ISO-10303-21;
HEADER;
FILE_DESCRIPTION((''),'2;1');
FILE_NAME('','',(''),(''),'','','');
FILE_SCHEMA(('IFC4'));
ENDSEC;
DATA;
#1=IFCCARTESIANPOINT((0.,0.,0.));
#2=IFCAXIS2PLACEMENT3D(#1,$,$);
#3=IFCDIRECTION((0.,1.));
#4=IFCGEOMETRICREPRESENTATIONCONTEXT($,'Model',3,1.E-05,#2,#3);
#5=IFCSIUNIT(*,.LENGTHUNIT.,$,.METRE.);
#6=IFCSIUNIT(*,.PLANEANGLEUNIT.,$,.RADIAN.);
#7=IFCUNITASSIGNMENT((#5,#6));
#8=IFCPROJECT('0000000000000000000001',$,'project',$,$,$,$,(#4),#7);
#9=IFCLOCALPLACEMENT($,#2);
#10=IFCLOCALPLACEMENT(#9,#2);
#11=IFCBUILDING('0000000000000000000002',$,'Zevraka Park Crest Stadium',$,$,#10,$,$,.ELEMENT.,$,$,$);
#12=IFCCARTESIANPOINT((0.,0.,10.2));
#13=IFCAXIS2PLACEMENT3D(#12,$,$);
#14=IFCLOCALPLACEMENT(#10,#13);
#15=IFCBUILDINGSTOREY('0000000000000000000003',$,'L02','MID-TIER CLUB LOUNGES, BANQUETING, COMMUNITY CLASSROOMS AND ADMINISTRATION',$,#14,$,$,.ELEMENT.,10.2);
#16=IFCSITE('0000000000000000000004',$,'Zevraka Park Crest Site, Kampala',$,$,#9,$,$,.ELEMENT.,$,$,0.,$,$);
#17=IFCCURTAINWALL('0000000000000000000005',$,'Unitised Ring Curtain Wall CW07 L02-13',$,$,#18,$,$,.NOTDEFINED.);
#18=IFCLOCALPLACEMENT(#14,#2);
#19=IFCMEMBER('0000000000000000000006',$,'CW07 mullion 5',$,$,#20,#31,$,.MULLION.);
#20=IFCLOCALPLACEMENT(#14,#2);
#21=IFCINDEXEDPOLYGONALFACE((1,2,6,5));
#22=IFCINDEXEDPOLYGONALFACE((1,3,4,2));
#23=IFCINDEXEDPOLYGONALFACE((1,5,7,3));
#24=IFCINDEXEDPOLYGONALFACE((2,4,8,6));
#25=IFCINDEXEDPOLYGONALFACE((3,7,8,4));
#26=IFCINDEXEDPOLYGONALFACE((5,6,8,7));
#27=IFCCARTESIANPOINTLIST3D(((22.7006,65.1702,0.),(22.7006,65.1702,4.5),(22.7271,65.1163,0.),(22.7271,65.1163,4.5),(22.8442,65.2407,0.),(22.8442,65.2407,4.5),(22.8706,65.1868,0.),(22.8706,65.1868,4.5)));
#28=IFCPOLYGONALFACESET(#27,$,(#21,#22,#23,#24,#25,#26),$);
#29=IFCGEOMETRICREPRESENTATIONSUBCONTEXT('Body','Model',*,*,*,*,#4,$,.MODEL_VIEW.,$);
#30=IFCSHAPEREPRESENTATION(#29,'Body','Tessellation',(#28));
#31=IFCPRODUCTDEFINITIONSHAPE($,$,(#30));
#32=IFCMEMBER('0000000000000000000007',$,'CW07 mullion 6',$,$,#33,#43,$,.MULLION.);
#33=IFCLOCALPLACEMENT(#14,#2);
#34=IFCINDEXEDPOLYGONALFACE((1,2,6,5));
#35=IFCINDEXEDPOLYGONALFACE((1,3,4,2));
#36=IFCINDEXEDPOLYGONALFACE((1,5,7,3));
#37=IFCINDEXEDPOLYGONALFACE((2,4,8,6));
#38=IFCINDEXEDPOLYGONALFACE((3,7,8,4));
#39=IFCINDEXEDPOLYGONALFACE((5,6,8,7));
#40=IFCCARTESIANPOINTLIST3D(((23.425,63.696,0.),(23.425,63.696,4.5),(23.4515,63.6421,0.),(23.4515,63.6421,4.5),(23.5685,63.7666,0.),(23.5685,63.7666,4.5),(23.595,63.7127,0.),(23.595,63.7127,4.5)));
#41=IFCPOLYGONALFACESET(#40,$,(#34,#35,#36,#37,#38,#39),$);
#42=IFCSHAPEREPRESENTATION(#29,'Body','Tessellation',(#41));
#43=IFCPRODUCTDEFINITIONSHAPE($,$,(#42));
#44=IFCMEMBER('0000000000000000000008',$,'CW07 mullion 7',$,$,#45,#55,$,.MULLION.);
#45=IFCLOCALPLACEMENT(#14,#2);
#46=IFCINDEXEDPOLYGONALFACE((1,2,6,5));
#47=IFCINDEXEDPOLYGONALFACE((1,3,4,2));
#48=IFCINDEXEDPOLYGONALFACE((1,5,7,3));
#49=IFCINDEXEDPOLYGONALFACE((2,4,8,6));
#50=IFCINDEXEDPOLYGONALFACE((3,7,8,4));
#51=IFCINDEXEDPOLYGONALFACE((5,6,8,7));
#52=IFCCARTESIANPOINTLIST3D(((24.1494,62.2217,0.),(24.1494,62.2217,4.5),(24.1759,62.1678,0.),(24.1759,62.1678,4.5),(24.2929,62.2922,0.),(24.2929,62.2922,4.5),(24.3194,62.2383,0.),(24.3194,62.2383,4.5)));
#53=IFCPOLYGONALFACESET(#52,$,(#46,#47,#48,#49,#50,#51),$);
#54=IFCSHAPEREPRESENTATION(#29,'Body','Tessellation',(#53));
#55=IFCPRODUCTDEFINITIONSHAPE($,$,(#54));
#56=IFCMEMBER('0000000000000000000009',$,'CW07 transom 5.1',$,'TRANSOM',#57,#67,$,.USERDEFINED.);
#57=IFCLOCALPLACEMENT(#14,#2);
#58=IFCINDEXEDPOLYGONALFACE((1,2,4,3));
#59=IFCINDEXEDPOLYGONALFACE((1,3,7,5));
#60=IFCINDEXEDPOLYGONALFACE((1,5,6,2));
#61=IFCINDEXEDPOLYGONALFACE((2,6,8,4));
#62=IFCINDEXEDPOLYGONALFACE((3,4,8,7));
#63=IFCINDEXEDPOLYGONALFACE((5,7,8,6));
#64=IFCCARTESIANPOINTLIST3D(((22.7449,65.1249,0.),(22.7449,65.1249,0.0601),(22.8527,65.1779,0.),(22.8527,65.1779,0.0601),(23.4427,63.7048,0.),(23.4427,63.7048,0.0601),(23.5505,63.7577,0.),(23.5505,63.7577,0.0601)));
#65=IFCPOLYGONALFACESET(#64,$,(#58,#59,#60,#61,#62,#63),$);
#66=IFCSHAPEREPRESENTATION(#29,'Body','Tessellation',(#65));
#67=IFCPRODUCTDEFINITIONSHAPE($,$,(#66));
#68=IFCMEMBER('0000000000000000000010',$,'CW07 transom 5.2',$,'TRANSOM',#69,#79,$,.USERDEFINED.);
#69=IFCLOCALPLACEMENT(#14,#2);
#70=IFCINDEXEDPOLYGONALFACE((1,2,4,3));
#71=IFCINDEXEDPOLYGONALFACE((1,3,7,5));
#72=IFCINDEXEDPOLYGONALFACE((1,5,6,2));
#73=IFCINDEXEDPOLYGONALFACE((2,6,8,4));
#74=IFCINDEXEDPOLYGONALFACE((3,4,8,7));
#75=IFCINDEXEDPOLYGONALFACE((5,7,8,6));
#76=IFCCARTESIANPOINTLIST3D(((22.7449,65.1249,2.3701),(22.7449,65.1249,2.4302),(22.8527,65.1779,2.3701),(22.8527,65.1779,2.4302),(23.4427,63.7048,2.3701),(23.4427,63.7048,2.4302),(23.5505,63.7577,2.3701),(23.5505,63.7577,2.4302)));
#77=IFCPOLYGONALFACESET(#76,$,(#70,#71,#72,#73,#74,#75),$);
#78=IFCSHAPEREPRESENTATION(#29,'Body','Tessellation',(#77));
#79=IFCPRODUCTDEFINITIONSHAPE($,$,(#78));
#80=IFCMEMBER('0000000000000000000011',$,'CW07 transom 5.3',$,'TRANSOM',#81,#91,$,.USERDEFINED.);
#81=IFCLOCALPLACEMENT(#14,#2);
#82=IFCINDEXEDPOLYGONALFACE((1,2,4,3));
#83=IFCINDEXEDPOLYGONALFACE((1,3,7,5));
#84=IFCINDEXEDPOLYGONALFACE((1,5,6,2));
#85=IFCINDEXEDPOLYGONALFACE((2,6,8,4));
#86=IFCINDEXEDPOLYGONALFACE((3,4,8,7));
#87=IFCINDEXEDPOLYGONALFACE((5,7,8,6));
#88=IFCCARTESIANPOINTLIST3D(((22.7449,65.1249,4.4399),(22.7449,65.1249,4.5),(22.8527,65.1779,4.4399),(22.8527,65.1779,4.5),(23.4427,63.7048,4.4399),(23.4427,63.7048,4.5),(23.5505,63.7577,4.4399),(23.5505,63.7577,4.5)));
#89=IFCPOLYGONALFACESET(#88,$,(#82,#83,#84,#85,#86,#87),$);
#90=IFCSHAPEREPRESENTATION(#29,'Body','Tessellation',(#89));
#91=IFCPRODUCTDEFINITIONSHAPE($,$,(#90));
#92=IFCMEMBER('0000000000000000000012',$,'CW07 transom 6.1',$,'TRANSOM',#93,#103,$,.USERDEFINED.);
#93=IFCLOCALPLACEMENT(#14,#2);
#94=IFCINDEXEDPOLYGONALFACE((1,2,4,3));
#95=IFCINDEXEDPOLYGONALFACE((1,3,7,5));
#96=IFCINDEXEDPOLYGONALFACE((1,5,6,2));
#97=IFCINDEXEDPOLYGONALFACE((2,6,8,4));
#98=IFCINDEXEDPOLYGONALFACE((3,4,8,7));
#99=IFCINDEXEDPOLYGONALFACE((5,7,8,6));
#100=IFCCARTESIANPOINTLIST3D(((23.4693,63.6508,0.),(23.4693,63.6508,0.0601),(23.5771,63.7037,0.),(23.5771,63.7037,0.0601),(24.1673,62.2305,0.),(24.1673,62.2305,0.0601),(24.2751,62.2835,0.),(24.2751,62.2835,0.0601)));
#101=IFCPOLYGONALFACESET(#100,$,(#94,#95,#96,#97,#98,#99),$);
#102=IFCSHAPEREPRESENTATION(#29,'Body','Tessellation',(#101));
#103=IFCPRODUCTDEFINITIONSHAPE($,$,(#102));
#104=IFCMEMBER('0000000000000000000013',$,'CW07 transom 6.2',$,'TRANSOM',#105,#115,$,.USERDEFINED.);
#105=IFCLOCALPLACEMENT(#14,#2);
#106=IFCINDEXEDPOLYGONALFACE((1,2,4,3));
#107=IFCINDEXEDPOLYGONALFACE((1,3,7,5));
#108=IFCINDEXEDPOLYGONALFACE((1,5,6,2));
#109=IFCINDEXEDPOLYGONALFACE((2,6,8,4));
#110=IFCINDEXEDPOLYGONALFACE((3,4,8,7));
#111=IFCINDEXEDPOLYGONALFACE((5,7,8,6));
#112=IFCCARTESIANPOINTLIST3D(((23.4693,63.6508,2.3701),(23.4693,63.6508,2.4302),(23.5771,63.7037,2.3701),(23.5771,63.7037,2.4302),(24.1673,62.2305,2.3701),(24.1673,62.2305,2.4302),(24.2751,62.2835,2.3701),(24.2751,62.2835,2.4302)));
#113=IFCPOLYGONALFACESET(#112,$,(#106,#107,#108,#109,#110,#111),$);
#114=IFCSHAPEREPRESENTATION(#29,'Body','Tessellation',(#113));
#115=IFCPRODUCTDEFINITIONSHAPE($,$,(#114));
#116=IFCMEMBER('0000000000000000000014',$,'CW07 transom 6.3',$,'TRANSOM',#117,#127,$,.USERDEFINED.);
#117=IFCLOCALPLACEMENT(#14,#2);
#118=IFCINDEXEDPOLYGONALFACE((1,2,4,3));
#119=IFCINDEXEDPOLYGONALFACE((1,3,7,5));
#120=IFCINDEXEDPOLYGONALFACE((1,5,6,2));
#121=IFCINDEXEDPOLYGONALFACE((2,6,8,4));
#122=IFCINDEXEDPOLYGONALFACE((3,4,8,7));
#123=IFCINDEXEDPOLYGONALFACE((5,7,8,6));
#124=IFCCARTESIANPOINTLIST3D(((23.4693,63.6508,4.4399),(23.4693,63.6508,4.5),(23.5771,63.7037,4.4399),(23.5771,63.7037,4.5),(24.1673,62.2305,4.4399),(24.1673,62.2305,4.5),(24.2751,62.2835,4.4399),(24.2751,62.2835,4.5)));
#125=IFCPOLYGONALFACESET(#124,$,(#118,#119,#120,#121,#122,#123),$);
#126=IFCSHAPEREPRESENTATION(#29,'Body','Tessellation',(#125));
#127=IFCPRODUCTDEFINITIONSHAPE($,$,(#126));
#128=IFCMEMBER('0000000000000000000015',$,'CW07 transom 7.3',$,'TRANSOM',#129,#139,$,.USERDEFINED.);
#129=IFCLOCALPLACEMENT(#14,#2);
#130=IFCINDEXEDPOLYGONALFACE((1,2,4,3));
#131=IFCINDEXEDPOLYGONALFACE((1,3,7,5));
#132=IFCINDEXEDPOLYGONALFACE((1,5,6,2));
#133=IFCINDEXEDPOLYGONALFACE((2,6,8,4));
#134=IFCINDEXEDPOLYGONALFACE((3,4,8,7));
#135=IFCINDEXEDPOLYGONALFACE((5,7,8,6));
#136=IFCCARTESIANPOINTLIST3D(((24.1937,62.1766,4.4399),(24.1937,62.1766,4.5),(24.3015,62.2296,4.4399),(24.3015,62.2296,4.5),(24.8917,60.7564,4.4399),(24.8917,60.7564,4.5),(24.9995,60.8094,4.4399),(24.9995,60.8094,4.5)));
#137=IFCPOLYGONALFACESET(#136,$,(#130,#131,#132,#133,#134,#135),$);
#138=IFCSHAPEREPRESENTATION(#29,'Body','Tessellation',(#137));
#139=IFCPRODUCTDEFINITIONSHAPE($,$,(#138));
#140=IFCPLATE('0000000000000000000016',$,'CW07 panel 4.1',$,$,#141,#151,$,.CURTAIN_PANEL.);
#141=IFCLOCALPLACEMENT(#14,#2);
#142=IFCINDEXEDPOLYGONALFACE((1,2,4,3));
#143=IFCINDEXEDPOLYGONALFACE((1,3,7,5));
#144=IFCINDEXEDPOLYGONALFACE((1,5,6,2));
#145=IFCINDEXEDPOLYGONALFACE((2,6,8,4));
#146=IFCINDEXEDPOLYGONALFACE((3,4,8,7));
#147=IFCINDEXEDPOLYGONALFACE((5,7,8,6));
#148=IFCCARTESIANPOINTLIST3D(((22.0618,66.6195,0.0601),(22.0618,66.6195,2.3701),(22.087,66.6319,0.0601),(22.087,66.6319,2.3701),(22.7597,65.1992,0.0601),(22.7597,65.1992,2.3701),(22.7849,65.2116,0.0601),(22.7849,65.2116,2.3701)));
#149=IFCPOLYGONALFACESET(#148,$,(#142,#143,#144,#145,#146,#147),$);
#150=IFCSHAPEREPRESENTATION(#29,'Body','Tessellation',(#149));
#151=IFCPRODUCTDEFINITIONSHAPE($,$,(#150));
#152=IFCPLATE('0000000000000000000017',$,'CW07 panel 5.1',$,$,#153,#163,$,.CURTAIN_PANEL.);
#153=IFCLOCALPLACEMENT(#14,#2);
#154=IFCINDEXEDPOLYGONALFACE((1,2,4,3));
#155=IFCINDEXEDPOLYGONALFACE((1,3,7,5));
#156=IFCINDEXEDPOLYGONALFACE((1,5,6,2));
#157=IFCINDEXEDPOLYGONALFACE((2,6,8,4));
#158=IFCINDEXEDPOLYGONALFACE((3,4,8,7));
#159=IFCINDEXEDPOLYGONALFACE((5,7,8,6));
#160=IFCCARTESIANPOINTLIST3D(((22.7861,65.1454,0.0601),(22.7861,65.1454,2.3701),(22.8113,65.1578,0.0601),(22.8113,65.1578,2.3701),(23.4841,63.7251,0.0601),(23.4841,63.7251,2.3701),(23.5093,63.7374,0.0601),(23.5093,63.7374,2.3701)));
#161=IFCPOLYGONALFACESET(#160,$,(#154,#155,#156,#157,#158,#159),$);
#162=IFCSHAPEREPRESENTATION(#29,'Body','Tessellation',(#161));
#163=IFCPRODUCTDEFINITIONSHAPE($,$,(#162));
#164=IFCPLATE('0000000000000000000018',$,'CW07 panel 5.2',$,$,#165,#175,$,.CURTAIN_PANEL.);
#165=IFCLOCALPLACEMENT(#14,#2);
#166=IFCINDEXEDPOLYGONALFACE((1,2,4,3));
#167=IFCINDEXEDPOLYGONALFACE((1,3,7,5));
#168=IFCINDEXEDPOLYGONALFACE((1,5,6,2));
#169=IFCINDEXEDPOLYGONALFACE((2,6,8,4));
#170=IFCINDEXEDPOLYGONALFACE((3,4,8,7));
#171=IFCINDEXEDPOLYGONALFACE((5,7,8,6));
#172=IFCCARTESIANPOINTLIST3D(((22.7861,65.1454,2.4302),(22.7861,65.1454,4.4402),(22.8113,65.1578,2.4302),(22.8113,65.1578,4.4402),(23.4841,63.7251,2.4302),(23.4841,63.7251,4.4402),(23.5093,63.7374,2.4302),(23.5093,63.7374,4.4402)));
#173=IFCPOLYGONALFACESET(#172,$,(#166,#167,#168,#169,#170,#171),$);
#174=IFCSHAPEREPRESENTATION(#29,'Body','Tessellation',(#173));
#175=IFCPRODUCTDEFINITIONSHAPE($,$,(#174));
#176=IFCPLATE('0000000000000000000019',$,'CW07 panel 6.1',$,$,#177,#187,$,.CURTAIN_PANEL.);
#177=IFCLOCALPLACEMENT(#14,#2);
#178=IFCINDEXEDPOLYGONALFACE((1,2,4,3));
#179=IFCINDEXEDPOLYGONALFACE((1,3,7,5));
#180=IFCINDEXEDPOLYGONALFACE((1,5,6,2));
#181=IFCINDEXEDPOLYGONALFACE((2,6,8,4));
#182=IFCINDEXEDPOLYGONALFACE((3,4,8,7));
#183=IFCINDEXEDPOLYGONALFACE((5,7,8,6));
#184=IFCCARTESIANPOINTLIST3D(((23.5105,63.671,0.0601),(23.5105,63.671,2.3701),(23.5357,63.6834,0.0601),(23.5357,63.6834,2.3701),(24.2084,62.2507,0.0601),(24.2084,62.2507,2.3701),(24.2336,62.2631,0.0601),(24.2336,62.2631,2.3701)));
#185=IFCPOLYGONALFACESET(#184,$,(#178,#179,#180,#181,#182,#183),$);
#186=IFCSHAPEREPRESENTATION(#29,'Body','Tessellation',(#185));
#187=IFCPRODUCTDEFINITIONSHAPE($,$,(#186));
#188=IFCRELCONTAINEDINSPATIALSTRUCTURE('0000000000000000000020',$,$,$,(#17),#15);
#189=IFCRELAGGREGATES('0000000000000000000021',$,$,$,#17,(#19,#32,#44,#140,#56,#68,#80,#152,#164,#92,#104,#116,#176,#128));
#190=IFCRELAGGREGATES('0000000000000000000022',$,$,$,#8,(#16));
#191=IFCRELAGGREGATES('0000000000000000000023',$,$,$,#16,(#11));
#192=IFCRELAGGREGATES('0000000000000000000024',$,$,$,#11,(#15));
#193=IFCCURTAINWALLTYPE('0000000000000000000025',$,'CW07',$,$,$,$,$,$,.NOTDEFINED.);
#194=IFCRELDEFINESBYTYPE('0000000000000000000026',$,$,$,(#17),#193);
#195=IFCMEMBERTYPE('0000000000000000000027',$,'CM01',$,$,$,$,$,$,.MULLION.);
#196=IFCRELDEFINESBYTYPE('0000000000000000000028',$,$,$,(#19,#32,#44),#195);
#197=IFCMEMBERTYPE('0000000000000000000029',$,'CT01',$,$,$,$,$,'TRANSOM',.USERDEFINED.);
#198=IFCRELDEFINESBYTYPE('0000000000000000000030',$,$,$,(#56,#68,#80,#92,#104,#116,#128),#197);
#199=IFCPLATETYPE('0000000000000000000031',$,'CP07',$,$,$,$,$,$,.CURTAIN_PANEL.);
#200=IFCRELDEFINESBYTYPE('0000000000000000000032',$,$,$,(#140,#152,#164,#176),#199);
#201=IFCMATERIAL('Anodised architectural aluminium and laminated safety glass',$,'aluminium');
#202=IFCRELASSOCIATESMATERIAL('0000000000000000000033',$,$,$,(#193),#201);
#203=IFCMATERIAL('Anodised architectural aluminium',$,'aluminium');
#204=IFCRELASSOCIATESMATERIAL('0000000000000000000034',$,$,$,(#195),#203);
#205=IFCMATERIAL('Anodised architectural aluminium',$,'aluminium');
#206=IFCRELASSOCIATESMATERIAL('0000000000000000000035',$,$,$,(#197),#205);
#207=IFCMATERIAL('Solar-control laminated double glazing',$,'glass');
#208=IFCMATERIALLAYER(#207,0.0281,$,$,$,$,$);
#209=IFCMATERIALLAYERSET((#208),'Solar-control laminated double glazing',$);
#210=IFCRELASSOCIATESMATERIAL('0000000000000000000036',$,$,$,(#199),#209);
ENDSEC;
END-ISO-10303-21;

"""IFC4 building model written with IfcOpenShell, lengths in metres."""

from ifc_helpers import new_model, si_unit, direction, frame, origin, origin_2d, place, context, subcontext, project, spatial, rectangle, extrude, material, layer, layer_set, material_profile, profile_set, type_object, element, aggregate, save


model = new_model("IFC4")

# Units and contexts
model_context = context("Model", 3, precision=1e-05, world=origin(), true_north=direction((0.0, 1.0)))
body_context = subcontext(model_context, "Body", "Model", "MODEL_VIEW")
ifc_project = project(units=[si_unit("LENGTHUNIT", "METRE"), si_unit("PLANEANGLEUNIT", "RADIAN")], contexts=[model_context])

# Site, building, storey
site_placement = place(None, origin())
site = spatial("IfcSite", under=ifc_project, at=site_placement, Name="Zevraka Park Crest Site, Kampala", CompositionType="ELEMENT", RefElevation=0.0)
building_placement = place(site_placement, origin())
building = spatial("IfcBuilding", under=site, at=building_placement, Name="Zevraka Park Crest Stadium", CompositionType="ELEMENT")
storey_placement = place(building_placement, frame((0.0, 0.0, 10.2)))
storey = spatial("IfcBuildingStorey", under=building, at=storey_placement, Name="L02", Description="MID-TIER CLUB LOUNGES, BANQUETING, COMMUNITY CLASSROOMS AND ADMINISTRATION", CompositionType="ELEMENT", Elevation=10.2)

# Curtain wall, members, plates
ifc_material_1 = material(Name="Anodised architectural aluminium and laminated safety glass", Category="aluminium")
curtain_wall_type = type_object("IfcCurtainWallType", Name="CW07", PredefinedType="NOTDEFINED", material=ifc_material_1)
curtain_wall_placement = place(storey_placement, origin())
curtain_wall = element("IfcCurtainWall", 1, at=curtain_wall_placement, inside=storey, type_object=curtain_wall_type, Name="Unitised Ring Curtain Wall CW07 L02-13", PredefinedType="NOTDEFINED")
ifc_material_2 = material(Name="Anodised architectural aluminium", Category="aluminium")
ifc_material_profile_1 = material_profile(ifc_material_2, rectangle(XDim=0.1599, YDim=0.0601, at=origin_2d()), Name="ALU MULLION 160x60")
ifc_profile_set_1 = profile_set([ifc_material_profile_1], Name="Anodised architectural aluminium")
member_type_1 = type_object("IfcMemberType", Name="CM01", PredefinedType="MULLION", material=ifc_profile_set_1)
member_1_placement = place(storey_placement, frame((22.7856, 65.1785, 0.0), z_axis=(0.0, 0.0, 1.0), x_axis=(0.897497, 0.441021, 0.0)))
member_1 = element("IfcMember", 2, at=member_1_placement, type_object=member_type_1, Name="CW07 mullion 5", PredefinedType="MULLION", context=body_context, shape_type="SweptSolid", body=[
    extrude(rectangle(XDim=0.1599, YDim=0.0601, at=origin_2d()), origin(), (0.0, 0.0, 1.0), 4.5),
])
member_2_placement = place(storey_placement, frame((23.51, 63.7043, 0.0), z_axis=(0.0, 0.0, 1.0), x_axis=(0.897497, 0.441021, 0.0)))
member_2 = element("IfcMember", 3, at=member_2_placement, type_object=member_type_1, Name="CW07 mullion 6", PredefinedType="MULLION", context=body_context, shape_type="SweptSolid", body=[
    extrude(rectangle(XDim=0.1599, YDim=0.0601, at=origin_2d()), origin(), (0.0, 0.0, 1.0), 4.5),
])
member_3_placement = place(storey_placement, frame((24.2344, 62.23, 0.0), z_axis=(0.0, 0.0, 1.0), x_axis=(0.897497, 0.441021, 0.0)))
member_3 = element("IfcMember", 4, at=member_3_placement, type_object=member_type_1, Name="CW07 mullion 7", PredefinedType="MULLION", context=body_context, shape_type="SweptSolid", body=[
    extrude(rectangle(XDim=0.1599, YDim=0.0601, at=origin_2d()), origin(), (0.0, 0.0, 1.0), 4.5),
])
ifc_material_3 = material(Name="Anodised architectural aluminium", Category="aluminium")
ifc_material_profile_2 = material_profile(ifc_material_3, rectangle(XDim=0.1201, YDim=0.0601, at=origin_2d()), Name="ALU TRANSOM 120x60")
ifc_profile_set_2 = profile_set([ifc_material_profile_2], Name="Anodised architectural aluminium")
member_type_2 = type_object("IfcMemberType", Name="CT01", ElementType="TRANSOM", PredefinedType="USERDEFINED", material=ifc_profile_set_2)
member_4_placement = place(storey_placement, frame((22.7988, 65.1514, 0.03), z_axis=(0.440969, -0.897522, 0.0), x_axis=(0.897522, 0.440969, 0.0)))
member_4 = element("IfcMember", 5, at=member_4_placement, type_object=member_type_2, Name="CW07 transom 5.1", ObjectType="TRANSOM", PredefinedType="USERDEFINED", context=body_context, shape_type="SweptSolid", body=[
    extrude(rectangle(XDim=0.1201, YDim=0.0601, at=origin_2d()), origin(), (0.0, 0.0, 1.0), 1.5823),
])
member_5_placement = place(storey_placement, frame((22.7988, 65.1514, 2.4001), z_axis=(0.440969, -0.897522, 0.0), x_axis=(0.897522, 0.440969, 0.0)))
member_5 = element("IfcMember", 6, at=member_5_placement, type_object=member_type_2, Name="CW07 transom 5.2", ObjectType="TRANSOM", PredefinedType="USERDEFINED", context=body_context, shape_type="SweptSolid", body=[
    extrude(rectangle(XDim=0.1201, YDim=0.0601, at=origin_2d()), origin(), (0.0, 0.0, 1.0), 1.5823),
])
member_6_placement = place(storey_placement, frame((22.7988, 65.1514, 4.47), z_axis=(0.440969, -0.897522, 0.0), x_axis=(0.897522, 0.440969, 0.0)))
member_6 = element("IfcMember", 7, at=member_6_placement, type_object=member_type_2, Name="CW07 transom 5.3", ObjectType="TRANSOM", PredefinedType="USERDEFINED", context=body_context, shape_type="SweptSolid", body=[
    extrude(rectangle(XDim=0.1201, YDim=0.0601, at=origin_2d()), origin(), (0.0, 0.0, 1.0), 1.5823),
])
member_7_placement = place(storey_placement, frame((23.5232, 63.6772, 0.03), z_axis=(0.441094, -0.897461, 0.0), x_axis=(0.897461, 0.441094, 0.0)))
member_7 = element("IfcMember", 8, at=member_7_placement, type_object=member_type_2, Name="CW07 transom 6.1", ObjectType="TRANSOM", PredefinedType="USERDEFINED", context=body_context, shape_type="SweptSolid", body=[
    extrude(rectangle(XDim=0.1201, YDim=0.0601, at=origin_2d()), origin(), (0.0, 0.0, 1.0), 1.5825),
])
member_8_placement = place(storey_placement, frame((23.5232, 63.6772, 2.4001), z_axis=(0.441094, -0.897461, 0.0), x_axis=(0.897461, 0.441094, 0.0)))
member_8 = element("IfcMember", 9, at=member_8_placement, type_object=member_type_2, Name="CW07 transom 6.2", ObjectType="TRANSOM", PredefinedType="USERDEFINED", context=body_context, shape_type="SweptSolid", body=[
    extrude(rectangle(XDim=0.1201, YDim=0.0601, at=origin_2d()), origin(), (0.0, 0.0, 1.0), 1.5825),
])
member_9_placement = place(storey_placement, frame((23.5232, 63.6772, 4.47), z_axis=(0.441094, -0.897461, 0.0), x_axis=(0.897461, 0.441094, 0.0)))
member_9 = element("IfcMember", 10, at=member_9_placement, type_object=member_type_2, Name="CW07 transom 6.3", ObjectType="TRANSOM", PredefinedType="USERDEFINED", context=body_context, shape_type="SweptSolid", body=[
    extrude(rectangle(XDim=0.1201, YDim=0.0601, at=origin_2d()), origin(), (0.0, 0.0, 1.0), 1.5825),
])
member_10_placement = place(storey_placement, frame((24.2476, 62.2031, 4.47), z_axis=(0.441094, -0.897461, 0.0), x_axis=(0.897461, 0.441094, 0.0)))
member_10 = element("IfcMember", 11, at=member_10_placement, type_object=member_type_2, Name="CW07 transom 7.3", ObjectType="TRANSOM", PredefinedType="USERDEFINED", context=body_context, shape_type="SweptSolid", body=[
    extrude(rectangle(XDim=0.1201, YDim=0.0601, at=origin_2d()), origin(), (0.0, 0.0, 1.0), 1.5825),
])
ifc_material_4 = material(Name="Solar-control laminated double glazing", Category="glass")
ifc_layer_1 = layer(ifc_material_4, 0.0281)
ifc_layer_set_1 = layer_set([ifc_layer_1], Name="Solar-control laminated double glazing")
plate_type = type_object("IfcPlateType", Name="CP07", PredefinedType="CURTAIN_PANEL", material=ifc_layer_set_1)
plate_1_placement = place(storey_placement, frame((22.4233, 65.9155, 0.0601), z_axis=(0.0, 0.0, 1.0), x_axis=(0.441021, -0.897497, 0.0)))
plate_1 = element("IfcPlate", 12, at=plate_1_placement, type_object=plate_type, Name="CW07 panel 4.1", PredefinedType="CURTAIN_PANEL", context=body_context, shape_type="SweptSolid", body=[
    extrude(rectangle(XDim=1.5825, YDim=0.0281, at=origin_2d()), origin(), (0.0, 0.0, 1.0), 2.3101),
])
plate_2_placement = place(storey_placement, frame((23.1477, 64.4414, 0.0601), z_axis=(0.0, 0.0, 1.0), x_axis=(0.441021, -0.897497, 0.0)))
plate_2 = element("IfcPlate", 13, at=plate_2_placement, type_object=plate_type, Name="CW07 panel 5.1", PredefinedType="CURTAIN_PANEL", context=body_context, shape_type="SweptSolid", body=[
    extrude(rectangle(XDim=1.5825, YDim=0.0281, at=origin_2d()), origin(), (0.0, 0.0, 1.0), 2.3101),
])
plate_3_placement = place(storey_placement, frame((23.1477, 64.4414, 2.4302), z_axis=(0.0, 0.0, 1.0), x_axis=(0.441021, -0.897497, 0.0)))
plate_3 = element("IfcPlate", 14, at=plate_3_placement, type_object=plate_type, Name="CW07 panel 5.2", PredefinedType="CURTAIN_PANEL", context=body_context, shape_type="SweptSolid", body=[
    extrude(rectangle(XDim=1.5825, YDim=0.0281, at=origin_2d()), origin(), (0.0, 0.0, 1.0), 2.01),
])
plate_4_placement = place(storey_placement, frame((23.8721, 62.967, 0.0601), z_axis=(0.0, 0.0, 1.0), x_axis=(0.441021, -0.897497, 0.0)))
plate_4 = element("IfcPlate", 15, at=plate_4_placement, type_object=plate_type, Name="CW07 panel 6.1", PredefinedType="CURTAIN_PANEL", context=body_context, shape_type="SweptSolid", body=[
    extrude(rectangle(XDim=1.5825, YDim=0.0281, at=origin_2d()), origin(), (0.0, 0.0, 1.0), 2.3101),
])
aggregate(curtain_wall, [member_1, member_2, member_3, plate_1, member_4, member_5, member_6, plate_2, plate_3, member_7, member_8, member_9, plate_4, member_10])

save(model, "model.ifc")
